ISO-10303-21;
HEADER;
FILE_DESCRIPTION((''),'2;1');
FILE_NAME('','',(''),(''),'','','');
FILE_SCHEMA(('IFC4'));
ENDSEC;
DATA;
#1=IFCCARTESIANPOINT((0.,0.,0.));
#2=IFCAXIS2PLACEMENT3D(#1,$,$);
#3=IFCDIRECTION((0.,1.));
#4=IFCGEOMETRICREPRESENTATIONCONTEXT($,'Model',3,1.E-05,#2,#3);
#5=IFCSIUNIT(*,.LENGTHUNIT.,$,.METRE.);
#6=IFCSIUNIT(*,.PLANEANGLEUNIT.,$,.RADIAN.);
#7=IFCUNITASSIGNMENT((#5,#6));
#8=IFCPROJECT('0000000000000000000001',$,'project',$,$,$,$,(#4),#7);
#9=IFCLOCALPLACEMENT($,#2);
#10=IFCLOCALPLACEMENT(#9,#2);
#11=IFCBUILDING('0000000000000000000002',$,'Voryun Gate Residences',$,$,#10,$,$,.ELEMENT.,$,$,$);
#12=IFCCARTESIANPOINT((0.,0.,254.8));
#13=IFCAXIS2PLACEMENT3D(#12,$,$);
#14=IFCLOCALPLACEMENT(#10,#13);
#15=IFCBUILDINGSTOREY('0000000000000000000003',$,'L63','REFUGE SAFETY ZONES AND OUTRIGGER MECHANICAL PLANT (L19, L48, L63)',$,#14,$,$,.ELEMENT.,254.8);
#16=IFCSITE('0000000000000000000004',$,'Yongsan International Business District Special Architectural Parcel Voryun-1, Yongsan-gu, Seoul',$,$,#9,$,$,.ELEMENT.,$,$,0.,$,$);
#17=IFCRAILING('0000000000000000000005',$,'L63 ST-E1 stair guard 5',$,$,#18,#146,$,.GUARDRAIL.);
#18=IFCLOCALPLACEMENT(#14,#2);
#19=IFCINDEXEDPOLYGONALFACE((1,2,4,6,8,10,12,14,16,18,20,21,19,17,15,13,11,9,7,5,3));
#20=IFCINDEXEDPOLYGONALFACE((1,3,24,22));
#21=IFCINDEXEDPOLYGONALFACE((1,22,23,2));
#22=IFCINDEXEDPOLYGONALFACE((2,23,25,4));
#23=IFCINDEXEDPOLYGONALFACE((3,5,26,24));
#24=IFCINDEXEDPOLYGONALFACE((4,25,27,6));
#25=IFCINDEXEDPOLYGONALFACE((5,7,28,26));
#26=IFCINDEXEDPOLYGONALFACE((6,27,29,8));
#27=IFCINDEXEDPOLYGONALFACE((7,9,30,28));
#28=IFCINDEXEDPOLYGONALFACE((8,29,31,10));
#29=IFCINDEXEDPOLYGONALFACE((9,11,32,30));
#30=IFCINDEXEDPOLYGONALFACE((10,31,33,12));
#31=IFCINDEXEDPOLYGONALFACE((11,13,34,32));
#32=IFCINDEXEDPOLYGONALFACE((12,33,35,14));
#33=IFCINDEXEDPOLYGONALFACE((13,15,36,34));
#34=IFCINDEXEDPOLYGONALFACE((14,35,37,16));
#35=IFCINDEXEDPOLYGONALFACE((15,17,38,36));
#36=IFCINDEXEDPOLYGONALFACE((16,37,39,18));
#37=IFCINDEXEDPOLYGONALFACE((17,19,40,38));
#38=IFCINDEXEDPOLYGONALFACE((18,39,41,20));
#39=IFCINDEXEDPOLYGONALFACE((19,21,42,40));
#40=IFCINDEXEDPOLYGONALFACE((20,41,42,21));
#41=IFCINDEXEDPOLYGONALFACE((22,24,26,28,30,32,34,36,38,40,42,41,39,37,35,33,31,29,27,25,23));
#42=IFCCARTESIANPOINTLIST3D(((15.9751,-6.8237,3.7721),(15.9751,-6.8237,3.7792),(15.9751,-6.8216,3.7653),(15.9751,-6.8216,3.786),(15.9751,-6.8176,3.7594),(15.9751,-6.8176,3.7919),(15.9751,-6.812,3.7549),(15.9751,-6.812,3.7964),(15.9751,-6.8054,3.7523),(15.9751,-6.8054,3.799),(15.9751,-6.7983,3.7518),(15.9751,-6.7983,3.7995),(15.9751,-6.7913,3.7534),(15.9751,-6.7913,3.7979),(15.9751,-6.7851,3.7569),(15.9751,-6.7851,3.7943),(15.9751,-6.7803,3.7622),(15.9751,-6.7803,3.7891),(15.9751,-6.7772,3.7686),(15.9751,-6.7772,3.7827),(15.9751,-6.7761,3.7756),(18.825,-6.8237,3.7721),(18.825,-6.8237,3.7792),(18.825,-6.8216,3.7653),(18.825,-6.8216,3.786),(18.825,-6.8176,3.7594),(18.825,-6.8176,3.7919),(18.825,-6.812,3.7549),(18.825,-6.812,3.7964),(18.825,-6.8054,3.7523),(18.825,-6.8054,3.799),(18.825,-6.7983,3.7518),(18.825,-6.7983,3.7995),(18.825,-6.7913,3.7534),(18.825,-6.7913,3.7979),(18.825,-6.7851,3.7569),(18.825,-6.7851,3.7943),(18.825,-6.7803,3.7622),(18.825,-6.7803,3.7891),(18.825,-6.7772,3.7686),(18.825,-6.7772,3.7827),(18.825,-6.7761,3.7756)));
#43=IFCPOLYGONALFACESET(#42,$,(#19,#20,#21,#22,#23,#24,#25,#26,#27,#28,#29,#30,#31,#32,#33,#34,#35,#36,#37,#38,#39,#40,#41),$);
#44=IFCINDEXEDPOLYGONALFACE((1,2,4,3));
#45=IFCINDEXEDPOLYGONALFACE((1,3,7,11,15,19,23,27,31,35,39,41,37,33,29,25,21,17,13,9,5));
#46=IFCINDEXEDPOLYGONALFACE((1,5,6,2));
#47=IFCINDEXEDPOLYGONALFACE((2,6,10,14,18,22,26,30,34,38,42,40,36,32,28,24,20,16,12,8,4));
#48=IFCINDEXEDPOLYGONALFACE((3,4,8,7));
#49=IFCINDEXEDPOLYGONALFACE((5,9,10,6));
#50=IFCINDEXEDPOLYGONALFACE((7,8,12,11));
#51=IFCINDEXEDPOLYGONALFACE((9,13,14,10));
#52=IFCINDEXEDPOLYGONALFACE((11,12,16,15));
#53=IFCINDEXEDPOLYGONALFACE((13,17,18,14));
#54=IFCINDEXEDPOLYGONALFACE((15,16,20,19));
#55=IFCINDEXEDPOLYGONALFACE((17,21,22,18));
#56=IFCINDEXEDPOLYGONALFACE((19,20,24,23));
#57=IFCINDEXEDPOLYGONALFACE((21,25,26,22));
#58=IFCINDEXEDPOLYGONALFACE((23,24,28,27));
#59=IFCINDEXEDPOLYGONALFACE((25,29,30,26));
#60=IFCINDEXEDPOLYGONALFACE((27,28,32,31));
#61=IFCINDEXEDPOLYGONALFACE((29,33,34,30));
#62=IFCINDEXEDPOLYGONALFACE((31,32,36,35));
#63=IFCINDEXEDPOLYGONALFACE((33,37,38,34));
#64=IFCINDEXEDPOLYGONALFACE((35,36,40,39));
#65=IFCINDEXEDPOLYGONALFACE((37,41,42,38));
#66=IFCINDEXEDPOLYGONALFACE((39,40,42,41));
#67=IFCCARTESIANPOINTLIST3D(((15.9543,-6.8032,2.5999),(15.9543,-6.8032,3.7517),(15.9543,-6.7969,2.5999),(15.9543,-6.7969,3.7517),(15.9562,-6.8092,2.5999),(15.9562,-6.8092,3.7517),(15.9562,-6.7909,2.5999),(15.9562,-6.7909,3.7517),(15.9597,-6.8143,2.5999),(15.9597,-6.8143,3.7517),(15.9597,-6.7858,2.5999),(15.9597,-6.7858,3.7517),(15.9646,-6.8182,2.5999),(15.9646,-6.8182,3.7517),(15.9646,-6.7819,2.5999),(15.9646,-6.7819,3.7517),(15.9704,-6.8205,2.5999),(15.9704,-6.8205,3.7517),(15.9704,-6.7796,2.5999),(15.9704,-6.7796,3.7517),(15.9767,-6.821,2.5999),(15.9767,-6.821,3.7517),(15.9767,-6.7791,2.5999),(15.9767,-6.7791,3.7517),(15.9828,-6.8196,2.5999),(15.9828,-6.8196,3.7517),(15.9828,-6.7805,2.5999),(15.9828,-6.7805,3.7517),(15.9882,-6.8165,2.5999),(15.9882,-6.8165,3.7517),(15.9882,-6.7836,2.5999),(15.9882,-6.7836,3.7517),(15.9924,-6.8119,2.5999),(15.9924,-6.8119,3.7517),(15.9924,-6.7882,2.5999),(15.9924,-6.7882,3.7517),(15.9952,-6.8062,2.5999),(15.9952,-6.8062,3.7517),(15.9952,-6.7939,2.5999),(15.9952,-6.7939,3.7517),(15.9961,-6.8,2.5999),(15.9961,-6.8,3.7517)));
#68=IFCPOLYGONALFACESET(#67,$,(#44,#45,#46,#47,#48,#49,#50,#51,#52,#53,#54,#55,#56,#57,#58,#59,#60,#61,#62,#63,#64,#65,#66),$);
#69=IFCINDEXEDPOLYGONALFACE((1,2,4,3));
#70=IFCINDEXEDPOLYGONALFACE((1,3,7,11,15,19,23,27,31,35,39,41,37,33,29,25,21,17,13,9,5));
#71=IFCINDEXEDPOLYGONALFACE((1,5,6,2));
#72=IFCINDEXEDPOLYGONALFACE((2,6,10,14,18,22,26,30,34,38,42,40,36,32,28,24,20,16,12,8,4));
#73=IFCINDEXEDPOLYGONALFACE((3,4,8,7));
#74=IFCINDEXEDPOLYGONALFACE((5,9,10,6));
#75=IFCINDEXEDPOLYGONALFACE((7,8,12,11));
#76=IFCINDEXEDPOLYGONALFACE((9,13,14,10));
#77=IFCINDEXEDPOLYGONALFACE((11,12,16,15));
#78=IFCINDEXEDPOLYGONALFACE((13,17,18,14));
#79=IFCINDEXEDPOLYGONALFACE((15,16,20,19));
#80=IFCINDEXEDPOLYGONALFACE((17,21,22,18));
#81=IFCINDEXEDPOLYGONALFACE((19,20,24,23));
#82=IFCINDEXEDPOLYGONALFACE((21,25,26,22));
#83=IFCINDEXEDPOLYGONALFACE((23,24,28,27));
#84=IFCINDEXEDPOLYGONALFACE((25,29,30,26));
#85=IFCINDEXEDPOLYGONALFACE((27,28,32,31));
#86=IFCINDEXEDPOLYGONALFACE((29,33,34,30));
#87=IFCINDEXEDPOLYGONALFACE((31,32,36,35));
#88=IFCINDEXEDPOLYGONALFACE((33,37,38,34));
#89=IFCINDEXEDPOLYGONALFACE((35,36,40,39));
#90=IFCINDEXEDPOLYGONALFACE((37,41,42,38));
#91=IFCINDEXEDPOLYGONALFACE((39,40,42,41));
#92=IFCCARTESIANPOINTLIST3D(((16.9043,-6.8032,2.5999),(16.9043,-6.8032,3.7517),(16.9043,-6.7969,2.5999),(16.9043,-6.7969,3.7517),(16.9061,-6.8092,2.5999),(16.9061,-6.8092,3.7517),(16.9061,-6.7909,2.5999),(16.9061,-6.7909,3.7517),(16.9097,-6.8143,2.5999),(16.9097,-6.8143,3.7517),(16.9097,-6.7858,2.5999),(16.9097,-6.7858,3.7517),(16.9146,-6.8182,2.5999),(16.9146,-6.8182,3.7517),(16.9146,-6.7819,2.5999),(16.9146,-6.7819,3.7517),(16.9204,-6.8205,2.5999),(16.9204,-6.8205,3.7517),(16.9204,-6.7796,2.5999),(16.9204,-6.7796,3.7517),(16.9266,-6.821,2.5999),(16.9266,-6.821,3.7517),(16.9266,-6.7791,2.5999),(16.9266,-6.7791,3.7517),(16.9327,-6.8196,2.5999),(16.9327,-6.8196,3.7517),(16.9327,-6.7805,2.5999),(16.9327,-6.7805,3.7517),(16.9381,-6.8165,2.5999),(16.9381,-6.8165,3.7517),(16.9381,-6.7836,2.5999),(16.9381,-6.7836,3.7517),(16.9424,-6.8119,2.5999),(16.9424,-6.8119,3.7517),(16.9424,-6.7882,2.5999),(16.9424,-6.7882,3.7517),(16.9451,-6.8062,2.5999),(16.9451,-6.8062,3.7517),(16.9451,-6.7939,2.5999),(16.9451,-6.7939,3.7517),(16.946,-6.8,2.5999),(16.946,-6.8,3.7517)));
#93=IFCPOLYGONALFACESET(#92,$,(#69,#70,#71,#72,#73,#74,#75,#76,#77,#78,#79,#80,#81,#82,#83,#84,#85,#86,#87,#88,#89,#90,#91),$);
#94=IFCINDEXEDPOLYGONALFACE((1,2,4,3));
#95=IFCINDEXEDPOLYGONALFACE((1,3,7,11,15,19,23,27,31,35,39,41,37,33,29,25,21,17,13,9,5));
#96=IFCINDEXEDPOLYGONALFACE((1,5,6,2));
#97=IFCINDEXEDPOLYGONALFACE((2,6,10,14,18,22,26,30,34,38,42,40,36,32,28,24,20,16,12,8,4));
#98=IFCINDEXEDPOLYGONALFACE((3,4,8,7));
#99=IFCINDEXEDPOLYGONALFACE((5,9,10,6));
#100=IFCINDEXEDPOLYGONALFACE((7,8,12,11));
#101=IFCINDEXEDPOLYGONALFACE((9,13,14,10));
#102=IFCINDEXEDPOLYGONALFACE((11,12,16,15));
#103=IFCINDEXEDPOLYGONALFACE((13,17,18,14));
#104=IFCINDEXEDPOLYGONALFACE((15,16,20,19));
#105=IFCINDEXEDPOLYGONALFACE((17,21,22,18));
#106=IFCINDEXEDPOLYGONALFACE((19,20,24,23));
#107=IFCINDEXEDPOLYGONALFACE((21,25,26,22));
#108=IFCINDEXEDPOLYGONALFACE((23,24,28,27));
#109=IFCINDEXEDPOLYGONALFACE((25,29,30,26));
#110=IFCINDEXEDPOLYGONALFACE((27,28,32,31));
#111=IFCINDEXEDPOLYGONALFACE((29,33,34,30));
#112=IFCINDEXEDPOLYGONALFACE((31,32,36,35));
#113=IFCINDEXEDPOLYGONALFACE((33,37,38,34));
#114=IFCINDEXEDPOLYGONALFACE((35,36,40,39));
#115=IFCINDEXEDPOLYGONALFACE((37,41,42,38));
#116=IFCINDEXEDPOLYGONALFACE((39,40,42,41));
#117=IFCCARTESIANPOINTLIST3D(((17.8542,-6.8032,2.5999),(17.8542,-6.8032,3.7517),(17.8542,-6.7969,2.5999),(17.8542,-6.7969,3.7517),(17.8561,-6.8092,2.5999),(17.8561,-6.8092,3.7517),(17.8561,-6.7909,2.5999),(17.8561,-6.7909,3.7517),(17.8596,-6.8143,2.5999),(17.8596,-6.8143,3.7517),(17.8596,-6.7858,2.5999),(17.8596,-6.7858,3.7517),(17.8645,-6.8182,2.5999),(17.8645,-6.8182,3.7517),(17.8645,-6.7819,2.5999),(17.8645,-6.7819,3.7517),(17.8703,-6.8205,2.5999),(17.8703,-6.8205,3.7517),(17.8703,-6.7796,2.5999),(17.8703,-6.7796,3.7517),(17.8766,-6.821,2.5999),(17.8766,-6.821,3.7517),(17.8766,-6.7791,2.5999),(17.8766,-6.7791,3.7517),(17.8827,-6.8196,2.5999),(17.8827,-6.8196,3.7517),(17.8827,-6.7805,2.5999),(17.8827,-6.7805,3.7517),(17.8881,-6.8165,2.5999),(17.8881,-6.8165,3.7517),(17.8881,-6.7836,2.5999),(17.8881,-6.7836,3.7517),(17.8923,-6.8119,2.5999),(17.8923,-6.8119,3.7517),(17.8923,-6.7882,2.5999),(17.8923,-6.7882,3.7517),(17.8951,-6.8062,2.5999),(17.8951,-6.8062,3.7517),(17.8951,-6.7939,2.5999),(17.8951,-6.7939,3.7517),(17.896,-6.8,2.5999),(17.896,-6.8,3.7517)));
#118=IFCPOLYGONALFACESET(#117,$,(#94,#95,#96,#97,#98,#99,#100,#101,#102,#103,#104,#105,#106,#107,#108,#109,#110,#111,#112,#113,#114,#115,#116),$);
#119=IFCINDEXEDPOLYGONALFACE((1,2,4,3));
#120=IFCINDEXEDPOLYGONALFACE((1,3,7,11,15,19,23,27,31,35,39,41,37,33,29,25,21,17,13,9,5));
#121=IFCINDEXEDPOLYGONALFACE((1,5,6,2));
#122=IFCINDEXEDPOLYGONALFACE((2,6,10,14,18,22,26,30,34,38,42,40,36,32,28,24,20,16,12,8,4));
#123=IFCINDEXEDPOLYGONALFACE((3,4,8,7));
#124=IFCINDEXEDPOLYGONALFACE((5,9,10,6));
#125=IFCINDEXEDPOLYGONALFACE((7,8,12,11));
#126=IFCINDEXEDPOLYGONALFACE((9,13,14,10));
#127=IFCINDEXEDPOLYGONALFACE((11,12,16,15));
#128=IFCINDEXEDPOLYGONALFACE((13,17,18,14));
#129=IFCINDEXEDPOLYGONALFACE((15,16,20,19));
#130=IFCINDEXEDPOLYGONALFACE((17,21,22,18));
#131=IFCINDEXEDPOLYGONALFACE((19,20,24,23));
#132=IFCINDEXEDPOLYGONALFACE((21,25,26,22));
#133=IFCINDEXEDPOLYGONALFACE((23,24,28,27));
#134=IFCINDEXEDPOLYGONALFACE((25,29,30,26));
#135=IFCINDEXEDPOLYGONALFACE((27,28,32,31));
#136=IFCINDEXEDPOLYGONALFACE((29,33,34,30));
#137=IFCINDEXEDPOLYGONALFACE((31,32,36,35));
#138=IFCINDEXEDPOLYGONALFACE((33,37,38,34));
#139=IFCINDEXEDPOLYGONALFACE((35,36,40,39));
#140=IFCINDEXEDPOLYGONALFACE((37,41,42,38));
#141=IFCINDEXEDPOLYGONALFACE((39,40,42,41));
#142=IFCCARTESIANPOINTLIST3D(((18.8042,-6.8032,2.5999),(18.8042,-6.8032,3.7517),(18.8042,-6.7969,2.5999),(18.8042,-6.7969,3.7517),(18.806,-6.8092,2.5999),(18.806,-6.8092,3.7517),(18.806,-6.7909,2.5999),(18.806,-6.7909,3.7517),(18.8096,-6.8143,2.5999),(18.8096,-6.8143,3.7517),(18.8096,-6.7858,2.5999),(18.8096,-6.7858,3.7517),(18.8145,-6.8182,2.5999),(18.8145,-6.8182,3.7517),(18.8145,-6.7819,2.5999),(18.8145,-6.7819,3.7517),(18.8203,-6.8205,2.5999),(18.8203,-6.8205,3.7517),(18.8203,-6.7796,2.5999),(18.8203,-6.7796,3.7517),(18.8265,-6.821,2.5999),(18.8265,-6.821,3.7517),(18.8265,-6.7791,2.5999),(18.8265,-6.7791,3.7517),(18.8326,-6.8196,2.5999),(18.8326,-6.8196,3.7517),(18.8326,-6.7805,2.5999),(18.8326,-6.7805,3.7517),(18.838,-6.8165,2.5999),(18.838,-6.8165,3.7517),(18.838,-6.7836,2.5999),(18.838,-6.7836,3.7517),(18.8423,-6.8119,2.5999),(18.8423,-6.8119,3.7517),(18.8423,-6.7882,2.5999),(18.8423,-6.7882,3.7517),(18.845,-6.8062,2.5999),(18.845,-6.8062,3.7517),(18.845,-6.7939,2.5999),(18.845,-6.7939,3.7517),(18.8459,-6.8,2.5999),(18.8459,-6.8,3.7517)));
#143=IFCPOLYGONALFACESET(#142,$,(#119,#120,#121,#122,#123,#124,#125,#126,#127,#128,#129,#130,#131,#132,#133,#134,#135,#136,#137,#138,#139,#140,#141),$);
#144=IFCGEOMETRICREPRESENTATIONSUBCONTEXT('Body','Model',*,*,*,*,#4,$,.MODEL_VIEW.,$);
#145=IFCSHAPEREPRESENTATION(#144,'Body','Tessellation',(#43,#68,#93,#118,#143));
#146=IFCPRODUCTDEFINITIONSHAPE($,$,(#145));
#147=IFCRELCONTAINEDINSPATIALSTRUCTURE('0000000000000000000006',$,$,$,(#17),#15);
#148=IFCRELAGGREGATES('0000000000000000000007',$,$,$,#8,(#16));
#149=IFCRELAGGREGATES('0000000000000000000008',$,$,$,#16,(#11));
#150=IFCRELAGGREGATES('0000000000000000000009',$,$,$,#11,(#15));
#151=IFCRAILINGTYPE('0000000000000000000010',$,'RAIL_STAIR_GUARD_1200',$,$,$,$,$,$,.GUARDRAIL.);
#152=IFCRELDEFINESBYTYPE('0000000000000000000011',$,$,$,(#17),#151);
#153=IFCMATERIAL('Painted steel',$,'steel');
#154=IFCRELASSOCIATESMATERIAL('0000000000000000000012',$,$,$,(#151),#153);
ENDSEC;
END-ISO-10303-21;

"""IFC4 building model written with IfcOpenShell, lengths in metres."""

from ifc_helpers import new_model, si_unit, direction, frame, origin, origin_2d, place, context, subcontext, project, spatial, circle, extrude, material, type_object, element, save


model = new_model("IFC4")

# Units and contexts
model_context = context("Model", 3, precision=1e-05, world=origin(), true_north=direction((0.0, 1.0)))
body_context = subcontext(model_context, "Body", "Model", "MODEL_VIEW")
ifc_project = project(units=[si_unit("LENGTHUNIT", "METRE"), si_unit("PLANEANGLEUNIT", "RADIAN")], contexts=[model_context])

# Site, building, storey
site_placement = place(None, origin())
site = spatial("IfcSite", under=ifc_project, at=site_placement, Name="Yongsan International Business District Special Architectural Parcel Voryun-1, Yongsan-gu, Seoul", CompositionType="ELEMENT", RefElevation=0.0)
building_placement = place(site_placement, origin())
building = spatial("IfcBuilding", under=site, at=building_placement, Name="Voryun Gate Residences", CompositionType="ELEMENT")
storey_placement = place(building_placement, frame((0.0, 0.0, 254.8)))
storey = spatial("IfcBuildingStorey", under=building, at=storey_placement, Name="L63", Description="REFUGE SAFETY ZONES AND OUTRIGGER MECHANICAL PLANT (L19, L48, L63)", CompositionType="ELEMENT", Elevation=254.8)

# Railing
ifc_material_1 = material(Name="Painted steel", Category="steel")
railing_type = type_object("IfcRailingType", Name="RAIL_STAIR_GUARD_1200", PredefinedType="GUARDRAIL", material=ifc_material_1)
railing_1_placement = place(storey_placement, frame((15.9751, -6.8, 2.5999)))
element("IfcRailing", 1, at=railing_1_placement, inside=storey, type_object=railing_type, Name="L63 ST-E1 stair guard 5", PredefinedType="GUARDRAIL", context=body_context, shape_type="SweptSolid", body=[
    extrude(circle(Radius=0.0239, at=origin_2d()), frame((0.0, 0.0, 1.1758), z_axis=(1.0, 0.0, 0.0), x_axis=(0.0, 1.0, 0.0)), (0.0, 0.0, 1.0), 2.8499),
    extrude(circle(Radius=0.021, at=origin_2d()), origin(), (0.0, 0.0, 1.0), 1.1519),
    extrude(circle(Radius=0.021, at=origin_2d()), frame((0.95, 0.0, 0.0)), (0.0, 0.0, 1.0), 1.1519),
    extrude(circle(Radius=0.021, at=origin_2d()), frame((1.8999, 0.0, 0.0)), (0.0, 0.0, 1.0), 1.1519),
    extrude(circle(Radius=0.021, at=origin_2d()), frame((2.8499, 0.0, 0.0)), (0.0, 0.0, 1.0), 1.1519),
])

save(model, "model.ifc")
